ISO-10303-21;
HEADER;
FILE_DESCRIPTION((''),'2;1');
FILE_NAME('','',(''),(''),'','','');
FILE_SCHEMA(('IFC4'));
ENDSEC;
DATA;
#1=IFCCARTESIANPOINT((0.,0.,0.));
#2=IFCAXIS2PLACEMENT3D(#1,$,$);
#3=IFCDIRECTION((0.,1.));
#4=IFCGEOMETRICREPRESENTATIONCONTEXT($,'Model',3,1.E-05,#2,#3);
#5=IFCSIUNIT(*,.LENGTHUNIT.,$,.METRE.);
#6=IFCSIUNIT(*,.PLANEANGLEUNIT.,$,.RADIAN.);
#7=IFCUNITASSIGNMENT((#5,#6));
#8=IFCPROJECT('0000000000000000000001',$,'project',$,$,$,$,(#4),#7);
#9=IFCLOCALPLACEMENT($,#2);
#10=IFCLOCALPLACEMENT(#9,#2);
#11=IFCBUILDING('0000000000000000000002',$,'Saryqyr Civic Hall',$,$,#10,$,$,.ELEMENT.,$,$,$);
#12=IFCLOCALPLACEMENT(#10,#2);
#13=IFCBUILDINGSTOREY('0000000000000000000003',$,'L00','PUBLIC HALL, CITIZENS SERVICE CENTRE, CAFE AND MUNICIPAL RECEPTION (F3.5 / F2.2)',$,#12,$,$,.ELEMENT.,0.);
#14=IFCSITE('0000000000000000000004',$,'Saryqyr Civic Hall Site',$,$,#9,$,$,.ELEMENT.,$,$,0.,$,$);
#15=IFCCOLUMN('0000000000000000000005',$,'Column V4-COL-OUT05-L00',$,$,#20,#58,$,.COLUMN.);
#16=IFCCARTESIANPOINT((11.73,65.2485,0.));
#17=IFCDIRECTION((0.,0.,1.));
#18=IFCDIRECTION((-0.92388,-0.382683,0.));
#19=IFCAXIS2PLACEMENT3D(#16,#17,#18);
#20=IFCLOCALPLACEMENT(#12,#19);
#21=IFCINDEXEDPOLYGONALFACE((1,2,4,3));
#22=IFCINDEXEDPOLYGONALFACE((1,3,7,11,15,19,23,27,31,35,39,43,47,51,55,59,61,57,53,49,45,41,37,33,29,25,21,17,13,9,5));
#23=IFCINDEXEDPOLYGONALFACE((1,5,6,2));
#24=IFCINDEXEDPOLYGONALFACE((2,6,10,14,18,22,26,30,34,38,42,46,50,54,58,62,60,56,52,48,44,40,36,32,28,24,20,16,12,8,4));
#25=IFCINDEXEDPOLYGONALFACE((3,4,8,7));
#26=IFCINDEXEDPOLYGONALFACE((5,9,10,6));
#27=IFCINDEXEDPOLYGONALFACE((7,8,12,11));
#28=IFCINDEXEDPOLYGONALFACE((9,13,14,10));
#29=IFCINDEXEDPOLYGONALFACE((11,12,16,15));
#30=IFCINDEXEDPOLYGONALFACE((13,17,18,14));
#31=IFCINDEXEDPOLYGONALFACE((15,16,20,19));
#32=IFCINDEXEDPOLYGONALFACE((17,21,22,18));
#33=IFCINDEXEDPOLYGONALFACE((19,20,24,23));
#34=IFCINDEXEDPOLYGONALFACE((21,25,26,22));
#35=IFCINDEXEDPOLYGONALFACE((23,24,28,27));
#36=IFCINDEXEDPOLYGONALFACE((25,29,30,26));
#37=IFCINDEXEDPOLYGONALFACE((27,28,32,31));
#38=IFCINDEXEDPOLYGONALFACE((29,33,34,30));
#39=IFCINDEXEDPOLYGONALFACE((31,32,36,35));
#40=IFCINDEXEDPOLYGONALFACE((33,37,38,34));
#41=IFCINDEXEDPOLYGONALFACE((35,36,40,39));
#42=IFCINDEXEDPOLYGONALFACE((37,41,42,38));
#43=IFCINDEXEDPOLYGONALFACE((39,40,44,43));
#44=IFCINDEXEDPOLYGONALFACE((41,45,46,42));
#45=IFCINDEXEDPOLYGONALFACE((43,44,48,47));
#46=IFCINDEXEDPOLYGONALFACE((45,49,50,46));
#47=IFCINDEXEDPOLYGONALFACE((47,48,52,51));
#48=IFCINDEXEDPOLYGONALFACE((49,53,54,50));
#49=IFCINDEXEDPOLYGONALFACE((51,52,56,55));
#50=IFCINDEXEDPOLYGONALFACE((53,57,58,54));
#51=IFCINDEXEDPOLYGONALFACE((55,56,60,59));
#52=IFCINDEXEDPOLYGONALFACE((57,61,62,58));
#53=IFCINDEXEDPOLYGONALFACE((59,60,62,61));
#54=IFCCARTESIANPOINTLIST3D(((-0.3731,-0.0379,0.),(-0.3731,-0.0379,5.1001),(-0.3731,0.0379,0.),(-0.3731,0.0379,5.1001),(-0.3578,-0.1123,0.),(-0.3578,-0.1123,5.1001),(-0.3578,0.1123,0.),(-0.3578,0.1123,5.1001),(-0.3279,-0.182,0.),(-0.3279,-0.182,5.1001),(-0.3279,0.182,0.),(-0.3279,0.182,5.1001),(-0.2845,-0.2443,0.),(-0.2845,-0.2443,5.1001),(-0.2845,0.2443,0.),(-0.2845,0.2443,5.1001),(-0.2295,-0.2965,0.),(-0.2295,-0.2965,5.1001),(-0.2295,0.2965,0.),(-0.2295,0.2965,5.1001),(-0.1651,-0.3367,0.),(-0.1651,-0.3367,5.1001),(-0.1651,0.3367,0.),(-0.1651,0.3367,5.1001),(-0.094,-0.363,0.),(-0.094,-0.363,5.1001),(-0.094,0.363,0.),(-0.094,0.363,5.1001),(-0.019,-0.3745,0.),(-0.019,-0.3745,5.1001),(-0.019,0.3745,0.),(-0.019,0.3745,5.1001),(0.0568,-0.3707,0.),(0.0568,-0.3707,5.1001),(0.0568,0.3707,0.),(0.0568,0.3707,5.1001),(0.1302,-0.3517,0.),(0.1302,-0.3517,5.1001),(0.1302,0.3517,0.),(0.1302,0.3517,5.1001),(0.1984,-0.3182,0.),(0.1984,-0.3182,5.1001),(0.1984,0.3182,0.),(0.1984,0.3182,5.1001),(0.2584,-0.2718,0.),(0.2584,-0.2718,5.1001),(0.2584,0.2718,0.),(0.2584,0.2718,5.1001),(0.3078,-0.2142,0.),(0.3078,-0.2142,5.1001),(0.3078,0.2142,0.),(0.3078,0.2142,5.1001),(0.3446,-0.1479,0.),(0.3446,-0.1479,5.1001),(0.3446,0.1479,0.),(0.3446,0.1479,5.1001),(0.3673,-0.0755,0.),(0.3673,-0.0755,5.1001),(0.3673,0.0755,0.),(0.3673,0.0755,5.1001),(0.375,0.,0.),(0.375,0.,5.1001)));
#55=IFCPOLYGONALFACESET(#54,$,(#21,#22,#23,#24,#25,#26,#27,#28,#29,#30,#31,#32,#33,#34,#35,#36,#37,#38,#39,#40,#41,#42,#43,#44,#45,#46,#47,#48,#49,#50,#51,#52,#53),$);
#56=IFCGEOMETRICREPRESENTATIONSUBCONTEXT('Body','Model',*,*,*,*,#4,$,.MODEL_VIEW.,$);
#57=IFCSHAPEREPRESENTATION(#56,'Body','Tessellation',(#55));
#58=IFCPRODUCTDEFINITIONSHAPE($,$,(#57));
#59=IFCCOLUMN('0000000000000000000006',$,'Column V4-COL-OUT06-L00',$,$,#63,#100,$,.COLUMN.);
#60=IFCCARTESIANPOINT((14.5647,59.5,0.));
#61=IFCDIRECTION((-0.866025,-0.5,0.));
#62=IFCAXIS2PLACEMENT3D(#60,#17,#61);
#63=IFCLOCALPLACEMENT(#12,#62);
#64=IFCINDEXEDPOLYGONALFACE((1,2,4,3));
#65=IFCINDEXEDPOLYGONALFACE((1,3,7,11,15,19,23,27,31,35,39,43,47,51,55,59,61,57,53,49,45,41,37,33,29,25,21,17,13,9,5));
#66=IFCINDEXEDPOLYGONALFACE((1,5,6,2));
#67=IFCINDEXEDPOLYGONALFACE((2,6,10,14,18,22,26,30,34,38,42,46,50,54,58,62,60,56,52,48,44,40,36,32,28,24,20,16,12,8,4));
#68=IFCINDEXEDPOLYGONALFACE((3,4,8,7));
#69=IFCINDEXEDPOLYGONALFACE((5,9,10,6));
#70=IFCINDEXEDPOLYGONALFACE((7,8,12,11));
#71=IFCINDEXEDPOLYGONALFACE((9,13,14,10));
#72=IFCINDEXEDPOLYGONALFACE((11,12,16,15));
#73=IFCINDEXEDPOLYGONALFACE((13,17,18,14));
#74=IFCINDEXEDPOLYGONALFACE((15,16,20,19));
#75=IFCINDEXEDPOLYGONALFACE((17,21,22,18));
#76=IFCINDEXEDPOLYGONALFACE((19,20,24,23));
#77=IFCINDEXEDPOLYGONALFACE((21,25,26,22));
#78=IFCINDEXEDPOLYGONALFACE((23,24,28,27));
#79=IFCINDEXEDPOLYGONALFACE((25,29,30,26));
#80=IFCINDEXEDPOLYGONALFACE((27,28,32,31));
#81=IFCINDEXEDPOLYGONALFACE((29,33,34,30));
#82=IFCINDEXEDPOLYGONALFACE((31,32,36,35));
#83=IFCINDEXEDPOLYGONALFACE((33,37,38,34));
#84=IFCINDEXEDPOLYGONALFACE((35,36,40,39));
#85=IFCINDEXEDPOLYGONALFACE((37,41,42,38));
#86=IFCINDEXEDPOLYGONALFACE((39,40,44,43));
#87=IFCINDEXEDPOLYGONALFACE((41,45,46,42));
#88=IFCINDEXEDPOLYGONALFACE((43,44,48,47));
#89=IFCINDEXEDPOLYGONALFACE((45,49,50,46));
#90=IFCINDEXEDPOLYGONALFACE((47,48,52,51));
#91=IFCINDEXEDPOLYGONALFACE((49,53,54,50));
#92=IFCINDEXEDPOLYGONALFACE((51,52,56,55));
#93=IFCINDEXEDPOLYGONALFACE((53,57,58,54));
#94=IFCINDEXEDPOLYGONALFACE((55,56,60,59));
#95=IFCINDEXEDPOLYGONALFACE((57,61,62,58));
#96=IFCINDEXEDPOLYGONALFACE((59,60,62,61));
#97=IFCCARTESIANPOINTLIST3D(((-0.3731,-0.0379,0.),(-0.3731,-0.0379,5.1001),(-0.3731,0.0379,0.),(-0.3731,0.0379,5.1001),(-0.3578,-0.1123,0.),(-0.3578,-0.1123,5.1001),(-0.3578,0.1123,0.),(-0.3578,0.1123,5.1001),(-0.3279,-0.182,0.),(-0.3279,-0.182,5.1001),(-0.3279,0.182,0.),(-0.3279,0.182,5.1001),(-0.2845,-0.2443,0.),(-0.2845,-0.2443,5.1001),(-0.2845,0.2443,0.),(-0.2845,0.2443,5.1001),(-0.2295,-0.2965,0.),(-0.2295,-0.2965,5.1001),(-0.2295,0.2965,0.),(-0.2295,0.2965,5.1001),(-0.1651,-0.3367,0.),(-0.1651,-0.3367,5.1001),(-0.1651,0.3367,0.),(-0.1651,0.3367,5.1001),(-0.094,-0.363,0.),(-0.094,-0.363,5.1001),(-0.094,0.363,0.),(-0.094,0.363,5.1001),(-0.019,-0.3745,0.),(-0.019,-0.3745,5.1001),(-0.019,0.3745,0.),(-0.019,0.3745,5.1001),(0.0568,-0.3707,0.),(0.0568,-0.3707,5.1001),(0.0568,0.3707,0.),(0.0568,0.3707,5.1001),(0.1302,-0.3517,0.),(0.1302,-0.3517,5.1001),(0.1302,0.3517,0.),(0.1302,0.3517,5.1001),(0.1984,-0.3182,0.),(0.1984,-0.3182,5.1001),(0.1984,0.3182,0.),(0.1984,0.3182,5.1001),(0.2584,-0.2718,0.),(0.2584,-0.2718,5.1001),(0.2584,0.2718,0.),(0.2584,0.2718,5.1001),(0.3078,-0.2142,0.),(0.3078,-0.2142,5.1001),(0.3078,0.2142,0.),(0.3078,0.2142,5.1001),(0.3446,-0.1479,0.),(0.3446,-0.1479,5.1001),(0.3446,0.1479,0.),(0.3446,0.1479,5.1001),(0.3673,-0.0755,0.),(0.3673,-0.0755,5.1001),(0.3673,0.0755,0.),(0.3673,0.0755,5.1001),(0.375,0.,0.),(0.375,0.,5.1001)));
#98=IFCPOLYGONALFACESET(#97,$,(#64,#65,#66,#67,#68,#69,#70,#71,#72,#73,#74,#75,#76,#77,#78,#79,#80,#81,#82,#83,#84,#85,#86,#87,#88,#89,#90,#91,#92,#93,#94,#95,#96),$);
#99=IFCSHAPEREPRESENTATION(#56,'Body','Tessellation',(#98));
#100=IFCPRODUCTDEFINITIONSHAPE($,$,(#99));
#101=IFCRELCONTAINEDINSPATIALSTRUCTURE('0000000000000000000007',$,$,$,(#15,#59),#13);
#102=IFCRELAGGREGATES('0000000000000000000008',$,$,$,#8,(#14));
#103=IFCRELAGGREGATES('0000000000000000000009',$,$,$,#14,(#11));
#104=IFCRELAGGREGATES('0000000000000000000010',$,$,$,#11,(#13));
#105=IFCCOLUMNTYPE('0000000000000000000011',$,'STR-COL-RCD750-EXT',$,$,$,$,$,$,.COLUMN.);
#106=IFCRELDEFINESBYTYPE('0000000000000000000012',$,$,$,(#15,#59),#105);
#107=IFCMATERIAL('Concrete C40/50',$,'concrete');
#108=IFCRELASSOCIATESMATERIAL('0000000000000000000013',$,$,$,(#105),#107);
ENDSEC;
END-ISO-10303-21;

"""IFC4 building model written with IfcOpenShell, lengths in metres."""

from ifc_helpers import new_model, si_unit, direction, frame, origin, origin_2d, place, context, subcontext, project, spatial, circle, extrude, material, material_profile, profile_set, type_object, element, save


model = new_model("IFC4")

# Units and contexts
model_context = context("Model", 3, precision=1e-05, world=origin(), true_north=direction((0.0, 1.0)))
body_context = subcontext(model_context, "Body", "Model", "MODEL_VIEW")
ifc_project = project(units=[si_unit("LENGTHUNIT", "METRE"), si_unit("PLANEANGLEUNIT", "RADIAN")], contexts=[model_context])

# Site, building, storey
site_placement = place(None, origin())
site = spatial("IfcSite", under=ifc_project, at=site_placement, Name="Saryqyr Civic Hall Site", CompositionType="ELEMENT", RefElevation=0.0)
building_placement = place(site_placement, origin())
building = spatial("IfcBuilding", under=site, at=building_placement, Name="Saryqyr Civic Hall", CompositionType="ELEMENT")
storey_placement = place(building_placement, origin())
storey = spatial("IfcBuildingStorey", under=building, at=storey_placement, Name="L00", Description="PUBLIC HALL, CITIZENS SERVICE CENTRE, CAFE AND MUNICIPAL RECEPTION (F3.5 / F2.2)", CompositionType="ELEMENT", Elevation=0.0)

# Columns
ifc_material_1 = material(Name="Concrete C40/50", Category="concrete")
ifc_material_profile_1 = material_profile(ifc_material_1, circle(Radius=0.375, at=origin_2d()), Name="RC D750")
ifc_profile_set_1 = profile_set([ifc_material_profile_1], Name="Concrete C40/50")
column_type = type_object("IfcColumnType", Name="STR-COL-RCD750-EXT", PredefinedType="COLUMN", material=ifc_profile_set_1)
for number, where, z_axis, x_axis, name in (
    (1, (11.73, 65.2485, 0.0), (0.0, 0.0, 1.0), (-0.92388, -0.382683, 0.0), "Column V4-COL-OUT05-L00"),
    (2, (14.5647, 59.5, 0.0), (0.0, 0.0, 1.0), (-0.866025, -0.5, 0.0), "Column V4-COL-OUT06-L00"),
):
    element("IfcColumn", number, at=place(storey_placement, frame(where, z_axis=z_axis, x_axis=x_axis)), inside=storey, type_object=column_type, Name=name, PredefinedType="COLUMN", context=body_context, shape_type="SweptSolid", body=[
        extrude(circle(Radius=0.375, at=origin_2d()), origin(), (0.0, 0.0, 1.0), 5.1001),
    ])

save(model, "model.ifc")
